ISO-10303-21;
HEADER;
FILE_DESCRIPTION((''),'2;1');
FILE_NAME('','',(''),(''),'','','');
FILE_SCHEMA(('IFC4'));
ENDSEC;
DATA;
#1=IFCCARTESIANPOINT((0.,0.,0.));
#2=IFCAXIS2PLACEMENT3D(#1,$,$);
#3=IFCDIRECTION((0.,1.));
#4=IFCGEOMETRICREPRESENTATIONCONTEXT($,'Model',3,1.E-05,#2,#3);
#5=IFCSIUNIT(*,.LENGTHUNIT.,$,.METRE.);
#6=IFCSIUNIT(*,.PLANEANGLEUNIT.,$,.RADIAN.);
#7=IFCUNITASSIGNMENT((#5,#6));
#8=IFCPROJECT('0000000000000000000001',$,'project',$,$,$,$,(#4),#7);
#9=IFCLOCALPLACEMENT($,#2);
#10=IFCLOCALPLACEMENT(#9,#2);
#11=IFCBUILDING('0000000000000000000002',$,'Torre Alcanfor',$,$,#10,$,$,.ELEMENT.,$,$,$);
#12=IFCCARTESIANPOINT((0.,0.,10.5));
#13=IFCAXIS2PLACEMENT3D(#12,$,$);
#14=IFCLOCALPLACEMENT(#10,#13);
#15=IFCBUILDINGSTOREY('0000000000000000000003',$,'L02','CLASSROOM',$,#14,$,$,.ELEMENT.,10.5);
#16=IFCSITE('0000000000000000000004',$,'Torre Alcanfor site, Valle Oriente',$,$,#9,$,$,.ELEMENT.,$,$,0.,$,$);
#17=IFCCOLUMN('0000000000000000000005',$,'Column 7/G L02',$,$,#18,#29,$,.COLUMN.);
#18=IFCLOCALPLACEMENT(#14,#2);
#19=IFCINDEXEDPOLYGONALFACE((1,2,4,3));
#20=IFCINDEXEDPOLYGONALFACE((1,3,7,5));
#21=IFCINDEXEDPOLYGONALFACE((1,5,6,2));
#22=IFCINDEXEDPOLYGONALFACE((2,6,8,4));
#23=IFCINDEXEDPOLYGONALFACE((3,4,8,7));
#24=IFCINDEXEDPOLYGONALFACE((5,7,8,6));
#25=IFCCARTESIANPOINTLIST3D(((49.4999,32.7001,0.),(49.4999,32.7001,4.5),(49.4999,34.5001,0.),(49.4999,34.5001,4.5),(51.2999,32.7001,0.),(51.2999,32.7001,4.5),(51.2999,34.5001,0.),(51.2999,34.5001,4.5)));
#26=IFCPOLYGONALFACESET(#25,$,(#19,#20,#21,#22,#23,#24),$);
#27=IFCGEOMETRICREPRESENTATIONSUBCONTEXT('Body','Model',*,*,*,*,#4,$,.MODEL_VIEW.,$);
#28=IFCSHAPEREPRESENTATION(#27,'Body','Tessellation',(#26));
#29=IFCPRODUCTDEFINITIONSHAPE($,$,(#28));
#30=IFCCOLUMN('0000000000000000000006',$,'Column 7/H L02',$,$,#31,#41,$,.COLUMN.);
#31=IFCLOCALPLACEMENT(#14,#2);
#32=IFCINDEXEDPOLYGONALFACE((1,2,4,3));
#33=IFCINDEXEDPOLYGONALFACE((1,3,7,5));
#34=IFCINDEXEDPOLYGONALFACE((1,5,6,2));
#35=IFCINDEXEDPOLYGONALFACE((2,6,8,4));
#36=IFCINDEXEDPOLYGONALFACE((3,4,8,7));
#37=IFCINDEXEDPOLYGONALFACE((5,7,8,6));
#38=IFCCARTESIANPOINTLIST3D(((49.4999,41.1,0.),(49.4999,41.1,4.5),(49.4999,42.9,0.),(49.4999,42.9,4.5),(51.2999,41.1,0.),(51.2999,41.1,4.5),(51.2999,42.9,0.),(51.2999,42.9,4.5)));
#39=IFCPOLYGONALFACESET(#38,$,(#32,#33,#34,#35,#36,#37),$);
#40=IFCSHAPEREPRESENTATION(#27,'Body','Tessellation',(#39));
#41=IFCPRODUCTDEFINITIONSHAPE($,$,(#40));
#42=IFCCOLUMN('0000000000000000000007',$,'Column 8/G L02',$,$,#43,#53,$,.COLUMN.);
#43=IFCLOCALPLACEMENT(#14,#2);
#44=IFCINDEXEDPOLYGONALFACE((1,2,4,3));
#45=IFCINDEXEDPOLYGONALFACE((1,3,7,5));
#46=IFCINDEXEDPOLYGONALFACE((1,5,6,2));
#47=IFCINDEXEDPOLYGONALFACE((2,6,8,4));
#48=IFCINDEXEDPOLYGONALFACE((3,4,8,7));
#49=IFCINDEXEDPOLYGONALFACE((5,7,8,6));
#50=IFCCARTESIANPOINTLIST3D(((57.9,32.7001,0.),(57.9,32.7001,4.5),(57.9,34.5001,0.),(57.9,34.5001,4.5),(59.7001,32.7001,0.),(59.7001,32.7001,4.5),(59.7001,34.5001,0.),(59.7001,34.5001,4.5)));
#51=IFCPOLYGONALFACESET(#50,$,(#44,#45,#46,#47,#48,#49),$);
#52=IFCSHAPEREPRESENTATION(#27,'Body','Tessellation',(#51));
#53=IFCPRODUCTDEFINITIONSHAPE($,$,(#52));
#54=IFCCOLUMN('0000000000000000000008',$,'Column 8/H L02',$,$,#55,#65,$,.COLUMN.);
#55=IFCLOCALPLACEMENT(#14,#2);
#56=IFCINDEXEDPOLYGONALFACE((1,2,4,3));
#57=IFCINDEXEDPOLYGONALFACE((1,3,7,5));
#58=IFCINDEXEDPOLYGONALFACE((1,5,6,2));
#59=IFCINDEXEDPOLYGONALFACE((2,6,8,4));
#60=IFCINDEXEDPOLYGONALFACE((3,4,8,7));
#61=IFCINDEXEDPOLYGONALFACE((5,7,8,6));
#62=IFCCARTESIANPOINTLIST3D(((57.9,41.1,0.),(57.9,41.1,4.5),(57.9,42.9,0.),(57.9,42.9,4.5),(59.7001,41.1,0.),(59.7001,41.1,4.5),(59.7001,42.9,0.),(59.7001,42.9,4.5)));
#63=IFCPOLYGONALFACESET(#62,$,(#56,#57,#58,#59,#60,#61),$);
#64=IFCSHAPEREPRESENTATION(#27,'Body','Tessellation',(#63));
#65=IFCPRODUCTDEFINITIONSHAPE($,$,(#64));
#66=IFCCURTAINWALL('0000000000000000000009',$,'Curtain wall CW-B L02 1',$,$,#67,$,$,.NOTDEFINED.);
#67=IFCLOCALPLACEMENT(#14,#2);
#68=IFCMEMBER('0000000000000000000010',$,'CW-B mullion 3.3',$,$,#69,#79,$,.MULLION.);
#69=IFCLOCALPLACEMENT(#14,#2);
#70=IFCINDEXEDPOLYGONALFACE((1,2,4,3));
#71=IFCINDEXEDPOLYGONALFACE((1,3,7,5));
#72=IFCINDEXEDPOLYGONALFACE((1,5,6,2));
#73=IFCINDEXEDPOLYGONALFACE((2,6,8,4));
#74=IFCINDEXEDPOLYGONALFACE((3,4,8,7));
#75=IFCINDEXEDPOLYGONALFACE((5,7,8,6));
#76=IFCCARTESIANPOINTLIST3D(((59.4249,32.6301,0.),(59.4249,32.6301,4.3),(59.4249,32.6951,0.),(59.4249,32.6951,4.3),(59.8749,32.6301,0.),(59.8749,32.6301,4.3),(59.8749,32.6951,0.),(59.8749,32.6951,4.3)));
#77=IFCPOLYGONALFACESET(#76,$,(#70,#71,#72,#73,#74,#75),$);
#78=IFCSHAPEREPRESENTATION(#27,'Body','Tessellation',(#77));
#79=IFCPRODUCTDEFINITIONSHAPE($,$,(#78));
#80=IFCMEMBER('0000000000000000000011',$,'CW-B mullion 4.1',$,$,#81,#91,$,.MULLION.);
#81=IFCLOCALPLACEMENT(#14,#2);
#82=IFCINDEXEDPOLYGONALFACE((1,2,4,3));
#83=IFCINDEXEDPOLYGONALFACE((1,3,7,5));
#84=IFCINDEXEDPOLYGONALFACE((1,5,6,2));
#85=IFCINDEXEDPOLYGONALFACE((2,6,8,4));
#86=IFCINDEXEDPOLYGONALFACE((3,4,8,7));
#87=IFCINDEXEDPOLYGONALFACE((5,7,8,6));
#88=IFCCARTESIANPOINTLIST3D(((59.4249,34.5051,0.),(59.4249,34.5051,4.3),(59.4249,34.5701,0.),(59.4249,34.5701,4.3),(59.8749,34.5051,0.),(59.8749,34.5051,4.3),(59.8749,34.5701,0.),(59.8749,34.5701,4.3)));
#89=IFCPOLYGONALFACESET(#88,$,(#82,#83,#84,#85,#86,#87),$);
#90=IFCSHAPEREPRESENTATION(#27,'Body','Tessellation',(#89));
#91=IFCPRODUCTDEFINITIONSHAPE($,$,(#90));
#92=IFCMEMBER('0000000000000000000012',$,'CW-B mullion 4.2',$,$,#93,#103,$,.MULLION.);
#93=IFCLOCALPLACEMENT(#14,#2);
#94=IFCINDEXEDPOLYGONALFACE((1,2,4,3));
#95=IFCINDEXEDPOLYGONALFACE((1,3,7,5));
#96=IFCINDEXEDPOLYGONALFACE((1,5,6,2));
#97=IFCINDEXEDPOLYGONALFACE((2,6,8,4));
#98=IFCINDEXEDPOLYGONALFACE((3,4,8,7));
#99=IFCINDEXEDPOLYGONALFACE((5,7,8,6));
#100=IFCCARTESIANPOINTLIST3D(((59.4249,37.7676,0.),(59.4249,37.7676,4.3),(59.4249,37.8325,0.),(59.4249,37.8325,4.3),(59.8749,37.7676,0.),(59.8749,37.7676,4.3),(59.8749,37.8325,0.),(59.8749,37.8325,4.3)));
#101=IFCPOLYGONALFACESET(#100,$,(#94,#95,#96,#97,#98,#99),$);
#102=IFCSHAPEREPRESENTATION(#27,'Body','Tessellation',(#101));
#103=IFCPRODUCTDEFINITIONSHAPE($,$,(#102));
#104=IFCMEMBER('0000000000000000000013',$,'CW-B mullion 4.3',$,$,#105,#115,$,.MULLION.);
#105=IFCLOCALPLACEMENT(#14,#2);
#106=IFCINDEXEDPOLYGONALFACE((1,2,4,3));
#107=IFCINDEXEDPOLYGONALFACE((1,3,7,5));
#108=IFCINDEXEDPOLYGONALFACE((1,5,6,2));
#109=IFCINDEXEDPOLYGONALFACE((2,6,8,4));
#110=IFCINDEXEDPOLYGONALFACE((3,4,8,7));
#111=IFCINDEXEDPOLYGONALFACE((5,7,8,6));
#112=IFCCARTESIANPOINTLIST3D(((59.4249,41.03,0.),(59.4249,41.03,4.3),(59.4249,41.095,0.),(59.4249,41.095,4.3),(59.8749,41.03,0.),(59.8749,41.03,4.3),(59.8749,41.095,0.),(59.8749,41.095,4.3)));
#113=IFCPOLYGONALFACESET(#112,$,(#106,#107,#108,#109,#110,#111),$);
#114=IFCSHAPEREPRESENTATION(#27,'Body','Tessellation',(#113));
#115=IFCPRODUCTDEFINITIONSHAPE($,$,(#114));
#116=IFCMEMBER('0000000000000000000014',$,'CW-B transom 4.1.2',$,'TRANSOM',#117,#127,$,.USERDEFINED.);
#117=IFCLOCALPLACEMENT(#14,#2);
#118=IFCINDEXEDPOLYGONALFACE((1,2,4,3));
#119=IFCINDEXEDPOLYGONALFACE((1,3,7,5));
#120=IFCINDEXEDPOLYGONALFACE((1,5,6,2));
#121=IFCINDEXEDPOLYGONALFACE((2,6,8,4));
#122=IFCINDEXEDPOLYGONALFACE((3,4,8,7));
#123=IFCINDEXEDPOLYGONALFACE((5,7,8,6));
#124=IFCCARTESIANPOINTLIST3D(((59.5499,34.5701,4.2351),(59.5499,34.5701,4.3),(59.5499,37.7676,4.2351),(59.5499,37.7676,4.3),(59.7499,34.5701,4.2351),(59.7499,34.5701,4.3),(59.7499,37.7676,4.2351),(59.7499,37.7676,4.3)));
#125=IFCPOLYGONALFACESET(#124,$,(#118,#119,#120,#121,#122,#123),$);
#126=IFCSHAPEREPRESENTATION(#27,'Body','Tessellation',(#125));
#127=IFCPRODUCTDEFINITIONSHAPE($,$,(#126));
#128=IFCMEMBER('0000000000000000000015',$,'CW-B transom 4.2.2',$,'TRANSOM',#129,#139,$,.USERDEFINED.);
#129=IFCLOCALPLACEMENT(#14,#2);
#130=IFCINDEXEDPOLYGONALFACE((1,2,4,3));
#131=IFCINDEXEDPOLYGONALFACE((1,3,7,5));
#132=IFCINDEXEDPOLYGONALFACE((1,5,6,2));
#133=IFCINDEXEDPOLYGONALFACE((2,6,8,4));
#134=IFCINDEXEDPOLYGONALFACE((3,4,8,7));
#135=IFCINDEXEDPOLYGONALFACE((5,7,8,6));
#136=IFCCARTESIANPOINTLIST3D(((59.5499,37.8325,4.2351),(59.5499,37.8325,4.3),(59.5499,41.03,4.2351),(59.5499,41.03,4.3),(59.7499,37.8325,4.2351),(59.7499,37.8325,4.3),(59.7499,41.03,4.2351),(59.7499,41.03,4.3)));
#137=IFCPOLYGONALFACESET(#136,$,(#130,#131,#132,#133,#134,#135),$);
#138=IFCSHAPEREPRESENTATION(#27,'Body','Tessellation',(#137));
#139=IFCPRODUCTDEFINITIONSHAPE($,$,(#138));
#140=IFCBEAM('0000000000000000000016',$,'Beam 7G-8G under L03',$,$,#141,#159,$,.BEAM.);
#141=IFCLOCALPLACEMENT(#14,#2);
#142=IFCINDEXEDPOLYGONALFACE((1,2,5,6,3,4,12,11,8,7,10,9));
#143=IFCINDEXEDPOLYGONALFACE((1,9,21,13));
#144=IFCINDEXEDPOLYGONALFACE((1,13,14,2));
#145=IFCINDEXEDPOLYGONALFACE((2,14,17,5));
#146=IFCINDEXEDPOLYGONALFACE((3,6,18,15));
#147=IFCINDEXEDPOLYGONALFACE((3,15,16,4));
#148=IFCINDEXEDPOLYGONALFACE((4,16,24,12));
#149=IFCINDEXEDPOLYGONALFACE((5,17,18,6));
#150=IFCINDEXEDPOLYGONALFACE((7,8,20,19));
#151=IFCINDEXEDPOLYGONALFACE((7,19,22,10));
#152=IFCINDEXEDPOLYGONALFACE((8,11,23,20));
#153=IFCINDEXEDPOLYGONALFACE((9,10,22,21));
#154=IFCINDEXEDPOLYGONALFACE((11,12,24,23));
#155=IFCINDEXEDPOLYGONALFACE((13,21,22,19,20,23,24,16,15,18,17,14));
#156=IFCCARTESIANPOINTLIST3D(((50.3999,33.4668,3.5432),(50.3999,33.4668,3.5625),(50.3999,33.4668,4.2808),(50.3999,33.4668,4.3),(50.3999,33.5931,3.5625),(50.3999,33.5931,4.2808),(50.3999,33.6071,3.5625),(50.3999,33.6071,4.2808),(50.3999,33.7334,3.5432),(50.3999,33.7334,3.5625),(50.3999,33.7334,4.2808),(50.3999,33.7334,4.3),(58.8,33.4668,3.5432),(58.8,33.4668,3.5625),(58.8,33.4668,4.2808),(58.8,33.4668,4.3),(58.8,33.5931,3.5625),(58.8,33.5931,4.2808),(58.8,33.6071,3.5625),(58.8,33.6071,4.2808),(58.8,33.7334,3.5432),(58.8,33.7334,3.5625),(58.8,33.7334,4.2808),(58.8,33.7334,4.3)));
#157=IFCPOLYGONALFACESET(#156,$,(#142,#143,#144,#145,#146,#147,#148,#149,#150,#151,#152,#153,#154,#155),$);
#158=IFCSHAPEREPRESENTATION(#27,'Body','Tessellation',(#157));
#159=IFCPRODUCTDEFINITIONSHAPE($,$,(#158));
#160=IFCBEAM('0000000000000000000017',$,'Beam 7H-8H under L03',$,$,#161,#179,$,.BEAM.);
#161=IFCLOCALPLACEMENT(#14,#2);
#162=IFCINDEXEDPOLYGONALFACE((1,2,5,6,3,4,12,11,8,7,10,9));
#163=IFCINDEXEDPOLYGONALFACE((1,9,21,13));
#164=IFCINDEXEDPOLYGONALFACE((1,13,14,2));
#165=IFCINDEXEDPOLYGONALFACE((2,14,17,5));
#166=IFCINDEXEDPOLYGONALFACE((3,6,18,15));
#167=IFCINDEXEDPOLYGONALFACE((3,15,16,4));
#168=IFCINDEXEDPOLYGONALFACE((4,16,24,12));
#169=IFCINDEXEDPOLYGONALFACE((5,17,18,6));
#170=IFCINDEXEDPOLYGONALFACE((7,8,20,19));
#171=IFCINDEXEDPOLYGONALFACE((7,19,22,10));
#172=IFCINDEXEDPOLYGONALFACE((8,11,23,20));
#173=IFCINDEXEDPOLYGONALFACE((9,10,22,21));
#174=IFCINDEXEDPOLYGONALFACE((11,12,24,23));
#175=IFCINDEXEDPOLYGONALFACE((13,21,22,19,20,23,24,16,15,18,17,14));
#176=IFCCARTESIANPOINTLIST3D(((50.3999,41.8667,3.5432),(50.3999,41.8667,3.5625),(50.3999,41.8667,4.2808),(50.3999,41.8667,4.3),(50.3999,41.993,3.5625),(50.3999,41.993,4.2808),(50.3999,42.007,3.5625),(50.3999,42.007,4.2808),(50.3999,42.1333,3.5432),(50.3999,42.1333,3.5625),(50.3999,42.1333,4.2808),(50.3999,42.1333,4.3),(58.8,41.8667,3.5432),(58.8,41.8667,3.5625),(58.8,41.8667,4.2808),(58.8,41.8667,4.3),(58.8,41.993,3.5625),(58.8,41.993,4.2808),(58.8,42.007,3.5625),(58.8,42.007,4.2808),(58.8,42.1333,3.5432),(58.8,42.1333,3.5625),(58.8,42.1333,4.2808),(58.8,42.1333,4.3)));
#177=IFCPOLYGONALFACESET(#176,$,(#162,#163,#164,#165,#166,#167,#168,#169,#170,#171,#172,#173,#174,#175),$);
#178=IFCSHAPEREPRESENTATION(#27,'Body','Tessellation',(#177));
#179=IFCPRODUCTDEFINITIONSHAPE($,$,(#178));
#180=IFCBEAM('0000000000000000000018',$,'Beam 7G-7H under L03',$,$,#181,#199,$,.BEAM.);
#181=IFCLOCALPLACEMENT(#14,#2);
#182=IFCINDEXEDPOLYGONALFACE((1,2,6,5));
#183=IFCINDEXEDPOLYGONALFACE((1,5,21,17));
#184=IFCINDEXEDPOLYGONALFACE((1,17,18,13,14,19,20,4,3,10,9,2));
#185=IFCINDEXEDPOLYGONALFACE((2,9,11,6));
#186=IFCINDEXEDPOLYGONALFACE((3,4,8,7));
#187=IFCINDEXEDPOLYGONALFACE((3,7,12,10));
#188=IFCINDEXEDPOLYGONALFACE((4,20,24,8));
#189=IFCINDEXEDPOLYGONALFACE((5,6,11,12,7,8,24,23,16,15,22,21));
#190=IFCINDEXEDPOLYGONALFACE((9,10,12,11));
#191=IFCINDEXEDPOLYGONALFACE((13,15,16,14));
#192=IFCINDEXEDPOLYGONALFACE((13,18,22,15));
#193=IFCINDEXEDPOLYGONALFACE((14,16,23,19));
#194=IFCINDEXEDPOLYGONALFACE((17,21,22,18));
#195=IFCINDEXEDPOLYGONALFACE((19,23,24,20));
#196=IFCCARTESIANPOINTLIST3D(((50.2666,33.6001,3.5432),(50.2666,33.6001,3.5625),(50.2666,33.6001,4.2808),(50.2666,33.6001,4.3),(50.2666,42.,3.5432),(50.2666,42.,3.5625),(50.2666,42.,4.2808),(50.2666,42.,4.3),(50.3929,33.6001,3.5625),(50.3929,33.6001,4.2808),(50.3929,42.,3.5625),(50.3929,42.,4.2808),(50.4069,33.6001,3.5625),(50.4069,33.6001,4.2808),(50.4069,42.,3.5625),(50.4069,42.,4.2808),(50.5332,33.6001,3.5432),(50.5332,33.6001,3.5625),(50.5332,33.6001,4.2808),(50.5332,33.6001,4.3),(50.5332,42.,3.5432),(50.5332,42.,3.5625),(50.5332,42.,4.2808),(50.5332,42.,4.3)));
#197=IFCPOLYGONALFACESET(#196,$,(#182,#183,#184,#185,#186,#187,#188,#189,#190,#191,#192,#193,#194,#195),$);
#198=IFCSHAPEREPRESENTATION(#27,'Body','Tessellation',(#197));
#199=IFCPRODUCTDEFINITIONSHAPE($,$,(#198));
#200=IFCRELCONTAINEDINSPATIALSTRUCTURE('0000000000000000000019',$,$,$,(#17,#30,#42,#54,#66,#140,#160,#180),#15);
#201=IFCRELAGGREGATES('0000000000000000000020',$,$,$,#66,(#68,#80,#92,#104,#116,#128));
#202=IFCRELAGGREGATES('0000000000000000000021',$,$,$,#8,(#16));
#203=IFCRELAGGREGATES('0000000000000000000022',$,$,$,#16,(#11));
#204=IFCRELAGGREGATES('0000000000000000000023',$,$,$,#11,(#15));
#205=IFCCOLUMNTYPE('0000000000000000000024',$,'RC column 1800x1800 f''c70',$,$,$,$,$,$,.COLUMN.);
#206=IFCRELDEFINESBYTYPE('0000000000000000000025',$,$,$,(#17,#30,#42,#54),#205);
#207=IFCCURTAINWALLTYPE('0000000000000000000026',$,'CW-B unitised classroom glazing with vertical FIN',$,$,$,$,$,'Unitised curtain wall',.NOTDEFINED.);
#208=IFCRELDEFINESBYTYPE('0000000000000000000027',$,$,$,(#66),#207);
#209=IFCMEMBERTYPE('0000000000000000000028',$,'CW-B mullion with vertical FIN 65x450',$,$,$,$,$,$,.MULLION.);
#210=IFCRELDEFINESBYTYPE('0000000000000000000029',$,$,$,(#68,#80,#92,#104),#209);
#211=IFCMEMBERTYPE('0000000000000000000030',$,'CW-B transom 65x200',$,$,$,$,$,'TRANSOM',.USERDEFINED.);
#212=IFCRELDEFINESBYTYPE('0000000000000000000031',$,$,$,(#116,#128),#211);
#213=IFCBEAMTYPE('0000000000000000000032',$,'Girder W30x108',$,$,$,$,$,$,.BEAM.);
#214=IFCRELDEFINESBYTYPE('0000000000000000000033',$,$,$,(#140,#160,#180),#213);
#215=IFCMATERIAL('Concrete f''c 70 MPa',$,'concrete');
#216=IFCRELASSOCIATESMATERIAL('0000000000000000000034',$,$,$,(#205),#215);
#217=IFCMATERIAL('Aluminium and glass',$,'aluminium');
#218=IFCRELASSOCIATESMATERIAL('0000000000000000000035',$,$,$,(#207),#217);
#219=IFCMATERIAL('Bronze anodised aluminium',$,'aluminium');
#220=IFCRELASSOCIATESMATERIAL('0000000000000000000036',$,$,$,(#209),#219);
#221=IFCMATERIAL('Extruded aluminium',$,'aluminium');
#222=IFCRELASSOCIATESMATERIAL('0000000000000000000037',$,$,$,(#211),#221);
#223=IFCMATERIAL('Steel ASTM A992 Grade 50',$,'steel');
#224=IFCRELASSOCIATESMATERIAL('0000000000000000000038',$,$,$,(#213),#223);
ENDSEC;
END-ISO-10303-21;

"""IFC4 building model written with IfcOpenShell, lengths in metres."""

from ifc_helpers import new_model, si_unit, direction, frame, origin, origin_2d, place, context, subcontext, project, spatial, rectangle, i_section, extrude, material, material_profile, profile_set, type_object, element, aggregate, save


model = new_model("IFC4")

# Units and contexts
model_context = context("Model", 3, precision=1e-05, world=origin(), true_north=direction((0.0, 1.0)))
body_context = subcontext(model_context, "Body", "Model", "MODEL_VIEW")
ifc_project = project(units=[si_unit("LENGTHUNIT", "METRE"), si_unit("PLANEANGLEUNIT", "RADIAN")], contexts=[model_context])

# Site, building, storey
site_placement = place(None, origin())
site = spatial("IfcSite", under=ifc_project, at=site_placement, Name="Torre Alcanfor site, Valle Oriente", CompositionType="ELEMENT", RefElevation=0.0)
building_placement = place(site_placement, origin())
building = spatial("IfcBuilding", under=site, at=building_placement, Name="Torre Alcanfor", CompositionType="ELEMENT")
storey_placement = place(building_placement, frame((0.0, 0.0, 10.5)))
storey = spatial("IfcBuildingStorey", under=building, at=storey_placement, Name="L02", Description="CLASSROOM", CompositionType="ELEMENT", Elevation=10.5)

# Columns
ifc_material_1 = material(Name="Concrete f'c 70 MPa", Category="concrete")
ifc_material_profile_1 = material_profile(ifc_material_1, rectangle(XDim=1.8, YDim=1.8, at=origin_2d()), Name="1800x1800")
ifc_profile_set_1 = profile_set([ifc_material_profile_1], Name="Concrete f'c 70 MPa")
column_type = type_object("IfcColumnType", Name="RC column 1800x1800 f'c70", PredefinedType="COLUMN", material=ifc_profile_set_1)
for number, where, z_axis, x_axis, name in (
    (1, (50.3999, 33.6001, 0.0), (0.0, 0.0, 1.0), (1.0, 0.0, 0.0), "Column 7/G L02"),
    (2, (50.3999, 42.0, 0.0), (0.0, 0.0, 1.0), (1.0, 0.0, 0.0), "Column 7/H L02"),
    (3, (58.8, 33.6001, 0.0), (0.0, 0.0, 1.0), (1.0, 0.0, 0.0), "Column 8/G L02"),
    (4, (58.8, 42.0, 0.0), (0.0, 0.0, 1.0), (1.0, 0.0, 0.0), "Column 8/H L02"),
):
    element("IfcColumn", number, at=place(storey_placement, frame(where, z_axis=z_axis, x_axis=x_axis)), inside=storey, type_object=column_type, Name=name, PredefinedType="COLUMN", context=body_context, shape_type="SweptSolid", body=[
        extrude(rectangle(XDim=1.8, YDim=1.8, at=origin_2d()), origin(), (0.0, 0.0, 1.0), 4.5),
    ])

# Curtain wall, members
ifc_material_2 = material(Name="Aluminium and glass", Category="aluminium")
curtain_wall_type = type_object("IfcCurtainWallType", Name="CW-B unitised classroom glazing with vertical FIN", ElementType="Unitised curtain wall", PredefinedType="NOTDEFINED", material=ifc_material_2)
curtain_wall_placement = place(storey_placement, origin())
curtain_wall = element("IfcCurtainWall", 5, at=curtain_wall_placement, inside=storey, type_object=curtain_wall_type, Name="Curtain wall CW-B L02 1", PredefinedType="NOTDEFINED")
ifc_material_3 = material(Name="Bronze anodised aluminium", Category="aluminium")
ifc_material_profile_2 = material_profile(ifc_material_3, rectangle(XDim=0.45, YDim=0.0649, at=origin_2d()), Name="CW-B mullion 65x450")
ifc_profile_set_2 = profile_set([ifc_material_profile_2], Name="Bronze anodised aluminium")
member_type_1 = type_object("IfcMemberType", Name="CW-B mullion with vertical FIN 65x450", PredefinedType="MULLION", material=ifc_profile_set_2)
member_1_placement = place(storey_placement, frame((59.6499, 32.6626, 0.0), z_axis=(0.0, 0.0, 1.0), x_axis=(-1.0, 0.0, 0.0)))
member_1 = element("IfcMember", 6, at=member_1_placement, type_object=member_type_1, Name="CW-B mullion 3.3", PredefinedType="MULLION", context=body_context, shape_type="SweptSolid", body=[
    extrude(rectangle(XDim=0.45, YDim=0.0649, at=origin_2d()), origin(), (0.0, 0.0, 1.0), 4.3),
])
member_2_placement = place(storey_placement, frame((59.6499, 34.5376, 0.0), z_axis=(0.0, 0.0, 1.0), x_axis=(-1.0, 0.0, 0.0)))
member_2 = element("IfcMember", 7, at=member_2_placement, type_object=member_type_1, Name="CW-B mullion 4.1", PredefinedType="MULLION", context=body_context, shape_type="SweptSolid", body=[
    extrude(rectangle(XDim=0.45, YDim=0.0649, at=origin_2d()), origin(), (0.0, 0.0, 1.0), 4.3),
])
member_3_placement = place(storey_placement, frame((59.6499, 37.8, 0.0), z_axis=(0.0, 0.0, 1.0), x_axis=(-1.0, 0.0, 0.0)))
member_3 = element("IfcMember", 8, at=member_3_placement, type_object=member_type_1, Name="CW-B mullion 4.2", PredefinedType="MULLION", context=body_context, shape_type="SweptSolid", body=[
    extrude(rectangle(XDim=0.45, YDim=0.0649, at=origin_2d()), origin(), (0.0, 0.0, 1.0), 4.3),
])
member_4_placement = place(storey_placement, frame((59.6499, 41.0625, 0.0), z_axis=(0.0, 0.0, 1.0), x_axis=(-1.0, 0.0, 0.0)))
member_4 = element("IfcMember", 9, at=member_4_placement, type_object=member_type_1, Name="CW-B mullion 4.3", PredefinedType="MULLION", context=body_context, shape_type="SweptSolid", body=[
    extrude(rectangle(XDim=0.45, YDim=0.0649, at=origin_2d()), origin(), (0.0, 0.0, 1.0), 4.3),
])
ifc_material_4 = material(Name="Extruded aluminium", Category="aluminium")
ifc_material_profile_3 = material_profile(ifc_material_4, rectangle(XDim=0.2, YDim=0.0649, at=origin_2d()), Name="CW-B transom 200x65")
ifc_profile_set_3 = profile_set([ifc_material_profile_3], Name="Extruded aluminium")
member_type_2 = type_object("IfcMemberType", Name="CW-B transom 65x200", ElementType="TRANSOM", PredefinedType="USERDEFINED", material=ifc_profile_set_3)
member_5_placement = place(storey_placement, frame((59.6499, 34.5701, 4.2676), z_axis=(0.0, 1.0, 0.0), x_axis=(-1.0, 0.0, 0.0)))
member_5 = element("IfcMember", 10, at=member_5_placement, type_object=member_type_2, Name="CW-B transom 4.1.2", ObjectType="TRANSOM", PredefinedType="USERDEFINED", context=body_context, shape_type="SweptSolid", body=[
    extrude(rectangle(XDim=0.2, YDim=0.0649, at=origin_2d()), origin(), (0.0, 0.0, 1.0), 3.1975),
])
member_6_placement = place(storey_placement, frame((59.6499, 37.8325, 4.2676), z_axis=(0.0, 1.0, 0.0), x_axis=(-1.0, 0.0, 0.0)))
member_6 = element("IfcMember", 11, at=member_6_placement, type_object=member_type_2, Name="CW-B transom 4.2.2", ObjectType="TRANSOM", PredefinedType="USERDEFINED", context=body_context, shape_type="SweptSolid", body=[
    extrude(rectangle(XDim=0.2, YDim=0.0649, at=origin_2d()), origin(), (0.0, 0.0, 1.0), 3.1975),
])

# Beams
ifc_material_5 = material(Name="Steel ASTM A992 Grade 50", Category="steel")
ifc_material_profile_4 = material_profile(ifc_material_5, i_section(OverallWidth=0.2666, OverallDepth=0.7568, WebThickness=0.0139, FlangeThickness=0.0193, at=origin_2d()), Name="W30x108")
ifc_profile_set_4 = profile_set([ifc_material_profile_4], Name="Steel ASTM A992 Grade 50")
beam_type_1 = type_object("IfcBeamType", Name="Girder W30x108", PredefinedType="BEAM", material=ifc_profile_set_4)
for number, where, z_axis, x_axis, name in (
    (12, (50.3999, 33.6001, 3.9216), (1.0, 0.0, 0.0), (0.0, 1.0, 0.0), "Beam 7G-8G under L03"),
    (13, (50.3999, 42.0, 3.9216), (1.0, 0.0, 0.0), (0.0, 1.0, 0.0), "Beam 7H-8H under L03"),
):
    element("IfcBeam", number, at=place(storey_placement, frame(where, z_axis=z_axis, x_axis=x_axis)), inside=storey, type_object=beam_type_1, Name=name, PredefinedType="BEAM", context=body_context, shape_type="SweptSolid", body=[
        extrude(i_section(OverallWidth=0.2666, OverallDepth=0.7568, WebThickness=0.0139, FlangeThickness=0.0193, at=origin_2d()), origin(), (0.0, 0.0, 1.0), 8.4001),
    ])
for number, where, z_axis, x_axis, name in (
    (14, (50.3999, 33.6001, 3.9216), (0.0, 1.0, 0.0), (-1.0, 0.0, 0.0), "Beam 7G-7H under L03"),
):
    element("IfcBeam", number, at=place(storey_placement, frame(where, z_axis=z_axis, x_axis=x_axis)), inside=storey, type_object=beam_type_1, Name=name, PredefinedType="BEAM", context=body_context, shape_type="SweptSolid", body=[
        extrude(i_section(OverallWidth=0.2666, OverallDepth=0.7568, WebThickness=0.0139, FlangeThickness=0.0193, at=origin_2d()), origin(), (0.0, 0.0, 1.0), 8.3999),
    ])

aggregate(curtain_wall, [member_1, member_2, member_3, member_4, member_5, member_6])

save(model, "model.ifc")
